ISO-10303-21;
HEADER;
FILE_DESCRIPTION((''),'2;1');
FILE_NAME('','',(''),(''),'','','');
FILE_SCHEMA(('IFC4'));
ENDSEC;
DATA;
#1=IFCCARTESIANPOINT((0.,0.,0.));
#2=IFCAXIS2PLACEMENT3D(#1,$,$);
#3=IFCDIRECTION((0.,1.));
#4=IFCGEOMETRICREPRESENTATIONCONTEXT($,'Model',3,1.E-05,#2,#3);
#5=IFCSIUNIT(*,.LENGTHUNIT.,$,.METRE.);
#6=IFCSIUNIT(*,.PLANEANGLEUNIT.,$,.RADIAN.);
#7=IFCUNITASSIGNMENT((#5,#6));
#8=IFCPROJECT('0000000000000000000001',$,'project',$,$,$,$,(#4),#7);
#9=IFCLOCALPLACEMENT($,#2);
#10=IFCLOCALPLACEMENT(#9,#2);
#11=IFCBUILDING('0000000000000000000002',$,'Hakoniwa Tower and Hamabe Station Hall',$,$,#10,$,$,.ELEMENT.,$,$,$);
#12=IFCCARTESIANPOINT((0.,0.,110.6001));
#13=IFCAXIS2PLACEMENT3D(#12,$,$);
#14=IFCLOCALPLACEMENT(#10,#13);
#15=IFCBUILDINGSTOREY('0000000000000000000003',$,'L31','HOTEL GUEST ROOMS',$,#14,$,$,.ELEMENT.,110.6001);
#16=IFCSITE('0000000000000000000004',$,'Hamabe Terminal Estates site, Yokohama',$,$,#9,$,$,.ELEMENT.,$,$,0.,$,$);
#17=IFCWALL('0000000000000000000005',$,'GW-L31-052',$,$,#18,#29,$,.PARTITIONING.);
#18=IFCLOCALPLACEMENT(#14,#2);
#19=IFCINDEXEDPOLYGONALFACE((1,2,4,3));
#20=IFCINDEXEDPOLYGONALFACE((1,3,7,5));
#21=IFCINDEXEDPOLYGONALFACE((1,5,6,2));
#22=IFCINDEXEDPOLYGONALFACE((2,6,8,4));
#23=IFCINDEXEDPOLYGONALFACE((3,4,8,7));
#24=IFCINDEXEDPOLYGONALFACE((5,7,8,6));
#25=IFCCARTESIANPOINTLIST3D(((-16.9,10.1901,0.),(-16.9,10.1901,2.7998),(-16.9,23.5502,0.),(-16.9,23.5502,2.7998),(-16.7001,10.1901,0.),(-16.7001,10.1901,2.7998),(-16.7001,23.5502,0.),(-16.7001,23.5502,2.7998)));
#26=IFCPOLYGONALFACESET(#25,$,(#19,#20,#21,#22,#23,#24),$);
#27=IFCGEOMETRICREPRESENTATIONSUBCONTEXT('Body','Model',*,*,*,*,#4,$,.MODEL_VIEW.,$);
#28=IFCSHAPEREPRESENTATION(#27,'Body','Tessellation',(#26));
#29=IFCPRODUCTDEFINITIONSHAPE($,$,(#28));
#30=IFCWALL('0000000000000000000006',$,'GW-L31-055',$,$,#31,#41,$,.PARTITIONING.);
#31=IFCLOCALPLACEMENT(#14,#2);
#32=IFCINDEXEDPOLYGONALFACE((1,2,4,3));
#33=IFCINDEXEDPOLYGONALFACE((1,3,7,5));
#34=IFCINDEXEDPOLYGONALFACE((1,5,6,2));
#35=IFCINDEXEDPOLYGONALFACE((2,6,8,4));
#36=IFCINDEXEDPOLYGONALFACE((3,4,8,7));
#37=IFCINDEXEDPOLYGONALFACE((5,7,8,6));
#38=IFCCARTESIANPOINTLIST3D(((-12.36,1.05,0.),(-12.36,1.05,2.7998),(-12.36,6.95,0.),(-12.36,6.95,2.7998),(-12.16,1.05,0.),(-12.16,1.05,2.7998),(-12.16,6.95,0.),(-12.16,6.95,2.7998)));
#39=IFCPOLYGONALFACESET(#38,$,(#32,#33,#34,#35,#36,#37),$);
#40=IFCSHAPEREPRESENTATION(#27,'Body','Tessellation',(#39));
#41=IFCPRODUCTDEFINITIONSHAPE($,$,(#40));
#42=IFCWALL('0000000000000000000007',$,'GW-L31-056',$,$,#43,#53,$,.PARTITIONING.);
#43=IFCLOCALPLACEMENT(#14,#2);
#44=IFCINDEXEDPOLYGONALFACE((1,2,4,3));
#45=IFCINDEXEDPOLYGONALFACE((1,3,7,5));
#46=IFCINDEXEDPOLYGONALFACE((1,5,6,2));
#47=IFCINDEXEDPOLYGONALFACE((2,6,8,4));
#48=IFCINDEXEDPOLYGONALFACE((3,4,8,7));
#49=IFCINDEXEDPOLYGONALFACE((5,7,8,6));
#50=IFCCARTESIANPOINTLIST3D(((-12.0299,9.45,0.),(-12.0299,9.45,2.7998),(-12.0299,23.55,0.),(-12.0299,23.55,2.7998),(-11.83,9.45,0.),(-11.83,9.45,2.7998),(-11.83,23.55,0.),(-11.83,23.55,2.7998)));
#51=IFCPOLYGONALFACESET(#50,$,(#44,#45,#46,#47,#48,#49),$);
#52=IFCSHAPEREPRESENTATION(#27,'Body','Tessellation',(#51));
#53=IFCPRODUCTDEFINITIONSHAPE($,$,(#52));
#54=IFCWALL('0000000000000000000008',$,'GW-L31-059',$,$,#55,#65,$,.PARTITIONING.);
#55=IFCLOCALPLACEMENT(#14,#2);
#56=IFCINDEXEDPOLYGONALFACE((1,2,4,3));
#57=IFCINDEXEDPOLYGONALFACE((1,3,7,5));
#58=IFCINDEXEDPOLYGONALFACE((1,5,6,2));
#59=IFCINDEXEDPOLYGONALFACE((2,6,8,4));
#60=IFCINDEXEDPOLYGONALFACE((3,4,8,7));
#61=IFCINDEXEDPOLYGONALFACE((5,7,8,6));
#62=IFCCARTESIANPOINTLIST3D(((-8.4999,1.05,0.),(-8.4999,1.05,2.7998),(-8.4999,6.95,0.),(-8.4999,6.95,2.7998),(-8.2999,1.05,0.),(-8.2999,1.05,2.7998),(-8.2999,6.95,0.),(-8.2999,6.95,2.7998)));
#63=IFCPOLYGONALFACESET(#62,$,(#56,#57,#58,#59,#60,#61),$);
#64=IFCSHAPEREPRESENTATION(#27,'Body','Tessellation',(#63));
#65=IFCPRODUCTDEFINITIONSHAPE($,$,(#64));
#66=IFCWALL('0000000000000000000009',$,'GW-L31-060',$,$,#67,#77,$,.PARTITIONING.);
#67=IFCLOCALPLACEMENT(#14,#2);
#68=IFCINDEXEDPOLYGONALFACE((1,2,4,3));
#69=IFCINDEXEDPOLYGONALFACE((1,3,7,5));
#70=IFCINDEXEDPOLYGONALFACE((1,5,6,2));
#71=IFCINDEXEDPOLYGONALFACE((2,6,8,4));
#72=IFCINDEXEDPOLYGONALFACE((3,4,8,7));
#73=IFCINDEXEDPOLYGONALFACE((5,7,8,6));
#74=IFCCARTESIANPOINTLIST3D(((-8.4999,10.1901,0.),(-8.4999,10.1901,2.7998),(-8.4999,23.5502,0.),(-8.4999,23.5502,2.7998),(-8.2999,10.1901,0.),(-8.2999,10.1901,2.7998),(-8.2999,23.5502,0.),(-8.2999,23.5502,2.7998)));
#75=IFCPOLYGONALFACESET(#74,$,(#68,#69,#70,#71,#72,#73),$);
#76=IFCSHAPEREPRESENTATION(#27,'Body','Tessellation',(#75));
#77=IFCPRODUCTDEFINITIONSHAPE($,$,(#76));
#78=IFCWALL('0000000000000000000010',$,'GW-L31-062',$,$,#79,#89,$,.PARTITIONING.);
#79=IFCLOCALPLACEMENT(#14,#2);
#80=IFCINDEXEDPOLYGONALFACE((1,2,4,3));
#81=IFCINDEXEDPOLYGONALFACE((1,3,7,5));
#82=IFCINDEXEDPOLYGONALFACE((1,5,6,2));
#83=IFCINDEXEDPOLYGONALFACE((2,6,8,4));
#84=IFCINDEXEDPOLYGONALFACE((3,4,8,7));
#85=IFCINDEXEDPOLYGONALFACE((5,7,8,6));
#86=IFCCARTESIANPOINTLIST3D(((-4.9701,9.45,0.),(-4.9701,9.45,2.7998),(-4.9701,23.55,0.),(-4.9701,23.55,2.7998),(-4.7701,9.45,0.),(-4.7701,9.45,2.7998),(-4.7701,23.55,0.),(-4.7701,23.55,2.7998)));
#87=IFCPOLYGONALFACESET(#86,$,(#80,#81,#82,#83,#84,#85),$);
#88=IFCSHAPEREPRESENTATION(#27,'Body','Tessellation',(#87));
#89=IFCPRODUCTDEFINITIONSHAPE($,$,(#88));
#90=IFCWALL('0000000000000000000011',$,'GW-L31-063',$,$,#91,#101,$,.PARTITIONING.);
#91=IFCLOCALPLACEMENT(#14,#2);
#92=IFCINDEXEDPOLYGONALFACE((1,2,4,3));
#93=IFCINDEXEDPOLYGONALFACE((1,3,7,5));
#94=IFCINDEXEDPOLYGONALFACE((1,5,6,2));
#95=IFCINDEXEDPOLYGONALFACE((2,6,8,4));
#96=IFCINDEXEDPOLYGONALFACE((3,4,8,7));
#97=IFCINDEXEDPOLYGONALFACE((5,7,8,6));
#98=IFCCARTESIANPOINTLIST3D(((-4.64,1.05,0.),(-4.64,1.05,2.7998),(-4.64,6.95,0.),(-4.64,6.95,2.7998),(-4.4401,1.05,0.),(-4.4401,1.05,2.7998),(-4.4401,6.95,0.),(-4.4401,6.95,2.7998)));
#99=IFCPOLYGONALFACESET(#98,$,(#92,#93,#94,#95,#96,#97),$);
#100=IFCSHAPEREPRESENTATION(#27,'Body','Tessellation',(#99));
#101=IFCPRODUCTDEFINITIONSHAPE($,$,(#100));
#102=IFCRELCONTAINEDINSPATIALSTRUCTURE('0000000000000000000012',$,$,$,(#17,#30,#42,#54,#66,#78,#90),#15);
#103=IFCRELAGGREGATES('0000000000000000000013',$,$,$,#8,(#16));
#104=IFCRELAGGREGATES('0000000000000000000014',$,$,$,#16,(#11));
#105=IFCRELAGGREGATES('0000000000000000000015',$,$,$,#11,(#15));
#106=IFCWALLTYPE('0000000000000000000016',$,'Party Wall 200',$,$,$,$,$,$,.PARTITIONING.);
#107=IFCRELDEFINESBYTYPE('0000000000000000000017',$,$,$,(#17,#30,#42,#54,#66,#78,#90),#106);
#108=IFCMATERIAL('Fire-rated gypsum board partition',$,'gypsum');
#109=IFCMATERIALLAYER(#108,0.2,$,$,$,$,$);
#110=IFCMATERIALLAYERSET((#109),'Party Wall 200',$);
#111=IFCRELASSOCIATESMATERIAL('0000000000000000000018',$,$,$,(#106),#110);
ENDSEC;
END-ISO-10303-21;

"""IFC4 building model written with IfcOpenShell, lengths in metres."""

from ifc_helpers import new_model, si_unit, direction, frame, frame_2d, origin, place, context, subcontext, project, spatial, rectangle, extrude, material, layer, layer_set, type_object, element, save


model = new_model("IFC4")

# Units and contexts
model_context = context("Model", 3, precision=1e-05, world=origin(), true_north=direction((0.0, 1.0)))
body_context = subcontext(model_context, "Body", "Model", "MODEL_VIEW")
ifc_project = project(units=[si_unit("LENGTHUNIT", "METRE"), si_unit("PLANEANGLEUNIT", "RADIAN")], contexts=[model_context])

# Site, building, storey
site_placement = place(None, origin())
site = spatial("IfcSite", under=ifc_project, at=site_placement, Name="Hamabe Terminal Estates site, Yokohama", CompositionType="ELEMENT", RefElevation=0.0)
building_placement = place(site_placement, origin())
building = spatial("IfcBuilding", under=site, at=building_placement, Name="Hakoniwa Tower and Hamabe Station Hall", CompositionType="ELEMENT")
storey_placement = place(building_placement, frame((0.0, 0.0, 110.6001)))
storey = spatial("IfcBuildingStorey", under=building, at=storey_placement, Name="L31", Description="HOTEL GUEST ROOMS", CompositionType="ELEMENT", Elevation=110.6001)

# Walls
ifc_material_1 = material(Name="Fire-rated gypsum board partition", Category="gypsum")
ifc_layer_1 = layer(ifc_material_1, 0.2)
ifc_layer_set_1 = layer_set([ifc_layer_1], Name="Party Wall 200")
wall_type_1 = type_object("IfcWallType", Name="Party Wall 200", PredefinedType="PARTITIONING", material=ifc_layer_set_1)
wall_1_placement = place(storey_placement, frame((-16.8, 10.1899, 0.0), z_axis=(0.0, 0.0, 1.0), x_axis=(0.0, 1.0, 0.0)))
element("IfcWall", 1, at=wall_1_placement, inside=storey, type_object=wall_type_1, Name="GW-L31-052", PredefinedType="PARTITIONING", context=body_context, shape_type="SweptSolid", body=[
    extrude(rectangle(XDim=13.3601, YDim=0.2, at=frame_2d((6.6802, 0.0))), origin(), (0.0, 0.0, 1.0), 2.7998),
])
wall_2_placement = place(storey_placement, frame((-12.26, 1.05, 0.0), z_axis=(0.0, 0.0, 1.0), x_axis=(0.0, 1.0, 0.0)))
element("IfcWall", 2, at=wall_2_placement, inside=storey, type_object=wall_type_1, Name="GW-L31-055", PredefinedType="PARTITIONING", context=body_context, shape_type="SweptSolid", body=[
    extrude(rectangle(XDim=5.8999, YDim=0.2, at=frame_2d((2.95, 0.0))), origin(), (0.0, 0.0, 1.0), 2.7998),
])
wall_3_placement = place(storey_placement, frame((-11.9299, 9.45, 0.0), z_axis=(0.0, 0.0, 1.0), x_axis=(0.0, 1.0, 0.0)))
element("IfcWall", 3, at=wall_3_placement, inside=storey, type_object=wall_type_1, Name="GW-L31-056", PredefinedType="PARTITIONING", context=body_context, shape_type="SweptSolid", body=[
    extrude(rectangle(XDim=14.1001, YDim=0.2, at=frame_2d((7.05, 0.0))), origin(), (0.0, 0.0, 1.0), 2.7998),
])
wall_4_placement = place(storey_placement, frame((-8.3999, 1.05, 0.0), z_axis=(0.0, 0.0, 1.0), x_axis=(0.0, 1.0, 0.0)))
element("IfcWall", 4, at=wall_4_placement, inside=storey, type_object=wall_type_1, Name="GW-L31-059", PredefinedType="PARTITIONING", context=body_context, shape_type="SweptSolid", body=[
    extrude(rectangle(XDim=5.8999, YDim=0.2, at=frame_2d((2.95, 0.0))), origin(), (0.0, 0.0, 1.0), 2.7998),
])
wall_5_placement = place(storey_placement, frame((-8.3999, 10.1899, 0.0), z_axis=(0.0, 0.0, 1.0), x_axis=(0.0, 1.0, 0.0)))
element("IfcWall", 5, at=wall_5_placement, inside=storey, type_object=wall_type_1, Name="GW-L31-060", PredefinedType="PARTITIONING", context=body_context, shape_type="SweptSolid", body=[
    extrude(rectangle(XDim=13.3601, YDim=0.2, at=frame_2d((6.6802, 0.0))), origin(), (0.0, 0.0, 1.0), 2.7998),
])
wall_6_placement = place(storey_placement, frame((-4.8701, 9.45, 0.0), z_axis=(0.0, 0.0, 1.0), x_axis=(0.0, 1.0, 0.0)))
element("IfcWall", 6, at=wall_6_placement, inside=storey, type_object=wall_type_1, Name="GW-L31-062", PredefinedType="PARTITIONING", context=body_context, shape_type="SweptSolid", body=[
    extrude(rectangle(XDim=14.1001, YDim=0.2, at=frame_2d((7.05, 0.0))), origin(), (0.0, 0.0, 1.0), 2.7998),
])
wall_7_placement = place(storey_placement, frame((-4.54, 1.05, 0.0), z_axis=(0.0, 0.0, 1.0), x_axis=(0.0, 1.0, 0.0)))
element("IfcWall", 7, at=wall_7_placement, inside=storey, type_object=wall_type_1, Name="GW-L31-063", PredefinedType="PARTITIONING", context=body_context, shape_type="SweptSolid", body=[
    extrude(rectangle(XDim=5.8999, YDim=0.2, at=frame_2d((2.95, 0.0))), origin(), (0.0, 0.0, 1.0), 2.7998),
])

save(model, "model.ifc")
